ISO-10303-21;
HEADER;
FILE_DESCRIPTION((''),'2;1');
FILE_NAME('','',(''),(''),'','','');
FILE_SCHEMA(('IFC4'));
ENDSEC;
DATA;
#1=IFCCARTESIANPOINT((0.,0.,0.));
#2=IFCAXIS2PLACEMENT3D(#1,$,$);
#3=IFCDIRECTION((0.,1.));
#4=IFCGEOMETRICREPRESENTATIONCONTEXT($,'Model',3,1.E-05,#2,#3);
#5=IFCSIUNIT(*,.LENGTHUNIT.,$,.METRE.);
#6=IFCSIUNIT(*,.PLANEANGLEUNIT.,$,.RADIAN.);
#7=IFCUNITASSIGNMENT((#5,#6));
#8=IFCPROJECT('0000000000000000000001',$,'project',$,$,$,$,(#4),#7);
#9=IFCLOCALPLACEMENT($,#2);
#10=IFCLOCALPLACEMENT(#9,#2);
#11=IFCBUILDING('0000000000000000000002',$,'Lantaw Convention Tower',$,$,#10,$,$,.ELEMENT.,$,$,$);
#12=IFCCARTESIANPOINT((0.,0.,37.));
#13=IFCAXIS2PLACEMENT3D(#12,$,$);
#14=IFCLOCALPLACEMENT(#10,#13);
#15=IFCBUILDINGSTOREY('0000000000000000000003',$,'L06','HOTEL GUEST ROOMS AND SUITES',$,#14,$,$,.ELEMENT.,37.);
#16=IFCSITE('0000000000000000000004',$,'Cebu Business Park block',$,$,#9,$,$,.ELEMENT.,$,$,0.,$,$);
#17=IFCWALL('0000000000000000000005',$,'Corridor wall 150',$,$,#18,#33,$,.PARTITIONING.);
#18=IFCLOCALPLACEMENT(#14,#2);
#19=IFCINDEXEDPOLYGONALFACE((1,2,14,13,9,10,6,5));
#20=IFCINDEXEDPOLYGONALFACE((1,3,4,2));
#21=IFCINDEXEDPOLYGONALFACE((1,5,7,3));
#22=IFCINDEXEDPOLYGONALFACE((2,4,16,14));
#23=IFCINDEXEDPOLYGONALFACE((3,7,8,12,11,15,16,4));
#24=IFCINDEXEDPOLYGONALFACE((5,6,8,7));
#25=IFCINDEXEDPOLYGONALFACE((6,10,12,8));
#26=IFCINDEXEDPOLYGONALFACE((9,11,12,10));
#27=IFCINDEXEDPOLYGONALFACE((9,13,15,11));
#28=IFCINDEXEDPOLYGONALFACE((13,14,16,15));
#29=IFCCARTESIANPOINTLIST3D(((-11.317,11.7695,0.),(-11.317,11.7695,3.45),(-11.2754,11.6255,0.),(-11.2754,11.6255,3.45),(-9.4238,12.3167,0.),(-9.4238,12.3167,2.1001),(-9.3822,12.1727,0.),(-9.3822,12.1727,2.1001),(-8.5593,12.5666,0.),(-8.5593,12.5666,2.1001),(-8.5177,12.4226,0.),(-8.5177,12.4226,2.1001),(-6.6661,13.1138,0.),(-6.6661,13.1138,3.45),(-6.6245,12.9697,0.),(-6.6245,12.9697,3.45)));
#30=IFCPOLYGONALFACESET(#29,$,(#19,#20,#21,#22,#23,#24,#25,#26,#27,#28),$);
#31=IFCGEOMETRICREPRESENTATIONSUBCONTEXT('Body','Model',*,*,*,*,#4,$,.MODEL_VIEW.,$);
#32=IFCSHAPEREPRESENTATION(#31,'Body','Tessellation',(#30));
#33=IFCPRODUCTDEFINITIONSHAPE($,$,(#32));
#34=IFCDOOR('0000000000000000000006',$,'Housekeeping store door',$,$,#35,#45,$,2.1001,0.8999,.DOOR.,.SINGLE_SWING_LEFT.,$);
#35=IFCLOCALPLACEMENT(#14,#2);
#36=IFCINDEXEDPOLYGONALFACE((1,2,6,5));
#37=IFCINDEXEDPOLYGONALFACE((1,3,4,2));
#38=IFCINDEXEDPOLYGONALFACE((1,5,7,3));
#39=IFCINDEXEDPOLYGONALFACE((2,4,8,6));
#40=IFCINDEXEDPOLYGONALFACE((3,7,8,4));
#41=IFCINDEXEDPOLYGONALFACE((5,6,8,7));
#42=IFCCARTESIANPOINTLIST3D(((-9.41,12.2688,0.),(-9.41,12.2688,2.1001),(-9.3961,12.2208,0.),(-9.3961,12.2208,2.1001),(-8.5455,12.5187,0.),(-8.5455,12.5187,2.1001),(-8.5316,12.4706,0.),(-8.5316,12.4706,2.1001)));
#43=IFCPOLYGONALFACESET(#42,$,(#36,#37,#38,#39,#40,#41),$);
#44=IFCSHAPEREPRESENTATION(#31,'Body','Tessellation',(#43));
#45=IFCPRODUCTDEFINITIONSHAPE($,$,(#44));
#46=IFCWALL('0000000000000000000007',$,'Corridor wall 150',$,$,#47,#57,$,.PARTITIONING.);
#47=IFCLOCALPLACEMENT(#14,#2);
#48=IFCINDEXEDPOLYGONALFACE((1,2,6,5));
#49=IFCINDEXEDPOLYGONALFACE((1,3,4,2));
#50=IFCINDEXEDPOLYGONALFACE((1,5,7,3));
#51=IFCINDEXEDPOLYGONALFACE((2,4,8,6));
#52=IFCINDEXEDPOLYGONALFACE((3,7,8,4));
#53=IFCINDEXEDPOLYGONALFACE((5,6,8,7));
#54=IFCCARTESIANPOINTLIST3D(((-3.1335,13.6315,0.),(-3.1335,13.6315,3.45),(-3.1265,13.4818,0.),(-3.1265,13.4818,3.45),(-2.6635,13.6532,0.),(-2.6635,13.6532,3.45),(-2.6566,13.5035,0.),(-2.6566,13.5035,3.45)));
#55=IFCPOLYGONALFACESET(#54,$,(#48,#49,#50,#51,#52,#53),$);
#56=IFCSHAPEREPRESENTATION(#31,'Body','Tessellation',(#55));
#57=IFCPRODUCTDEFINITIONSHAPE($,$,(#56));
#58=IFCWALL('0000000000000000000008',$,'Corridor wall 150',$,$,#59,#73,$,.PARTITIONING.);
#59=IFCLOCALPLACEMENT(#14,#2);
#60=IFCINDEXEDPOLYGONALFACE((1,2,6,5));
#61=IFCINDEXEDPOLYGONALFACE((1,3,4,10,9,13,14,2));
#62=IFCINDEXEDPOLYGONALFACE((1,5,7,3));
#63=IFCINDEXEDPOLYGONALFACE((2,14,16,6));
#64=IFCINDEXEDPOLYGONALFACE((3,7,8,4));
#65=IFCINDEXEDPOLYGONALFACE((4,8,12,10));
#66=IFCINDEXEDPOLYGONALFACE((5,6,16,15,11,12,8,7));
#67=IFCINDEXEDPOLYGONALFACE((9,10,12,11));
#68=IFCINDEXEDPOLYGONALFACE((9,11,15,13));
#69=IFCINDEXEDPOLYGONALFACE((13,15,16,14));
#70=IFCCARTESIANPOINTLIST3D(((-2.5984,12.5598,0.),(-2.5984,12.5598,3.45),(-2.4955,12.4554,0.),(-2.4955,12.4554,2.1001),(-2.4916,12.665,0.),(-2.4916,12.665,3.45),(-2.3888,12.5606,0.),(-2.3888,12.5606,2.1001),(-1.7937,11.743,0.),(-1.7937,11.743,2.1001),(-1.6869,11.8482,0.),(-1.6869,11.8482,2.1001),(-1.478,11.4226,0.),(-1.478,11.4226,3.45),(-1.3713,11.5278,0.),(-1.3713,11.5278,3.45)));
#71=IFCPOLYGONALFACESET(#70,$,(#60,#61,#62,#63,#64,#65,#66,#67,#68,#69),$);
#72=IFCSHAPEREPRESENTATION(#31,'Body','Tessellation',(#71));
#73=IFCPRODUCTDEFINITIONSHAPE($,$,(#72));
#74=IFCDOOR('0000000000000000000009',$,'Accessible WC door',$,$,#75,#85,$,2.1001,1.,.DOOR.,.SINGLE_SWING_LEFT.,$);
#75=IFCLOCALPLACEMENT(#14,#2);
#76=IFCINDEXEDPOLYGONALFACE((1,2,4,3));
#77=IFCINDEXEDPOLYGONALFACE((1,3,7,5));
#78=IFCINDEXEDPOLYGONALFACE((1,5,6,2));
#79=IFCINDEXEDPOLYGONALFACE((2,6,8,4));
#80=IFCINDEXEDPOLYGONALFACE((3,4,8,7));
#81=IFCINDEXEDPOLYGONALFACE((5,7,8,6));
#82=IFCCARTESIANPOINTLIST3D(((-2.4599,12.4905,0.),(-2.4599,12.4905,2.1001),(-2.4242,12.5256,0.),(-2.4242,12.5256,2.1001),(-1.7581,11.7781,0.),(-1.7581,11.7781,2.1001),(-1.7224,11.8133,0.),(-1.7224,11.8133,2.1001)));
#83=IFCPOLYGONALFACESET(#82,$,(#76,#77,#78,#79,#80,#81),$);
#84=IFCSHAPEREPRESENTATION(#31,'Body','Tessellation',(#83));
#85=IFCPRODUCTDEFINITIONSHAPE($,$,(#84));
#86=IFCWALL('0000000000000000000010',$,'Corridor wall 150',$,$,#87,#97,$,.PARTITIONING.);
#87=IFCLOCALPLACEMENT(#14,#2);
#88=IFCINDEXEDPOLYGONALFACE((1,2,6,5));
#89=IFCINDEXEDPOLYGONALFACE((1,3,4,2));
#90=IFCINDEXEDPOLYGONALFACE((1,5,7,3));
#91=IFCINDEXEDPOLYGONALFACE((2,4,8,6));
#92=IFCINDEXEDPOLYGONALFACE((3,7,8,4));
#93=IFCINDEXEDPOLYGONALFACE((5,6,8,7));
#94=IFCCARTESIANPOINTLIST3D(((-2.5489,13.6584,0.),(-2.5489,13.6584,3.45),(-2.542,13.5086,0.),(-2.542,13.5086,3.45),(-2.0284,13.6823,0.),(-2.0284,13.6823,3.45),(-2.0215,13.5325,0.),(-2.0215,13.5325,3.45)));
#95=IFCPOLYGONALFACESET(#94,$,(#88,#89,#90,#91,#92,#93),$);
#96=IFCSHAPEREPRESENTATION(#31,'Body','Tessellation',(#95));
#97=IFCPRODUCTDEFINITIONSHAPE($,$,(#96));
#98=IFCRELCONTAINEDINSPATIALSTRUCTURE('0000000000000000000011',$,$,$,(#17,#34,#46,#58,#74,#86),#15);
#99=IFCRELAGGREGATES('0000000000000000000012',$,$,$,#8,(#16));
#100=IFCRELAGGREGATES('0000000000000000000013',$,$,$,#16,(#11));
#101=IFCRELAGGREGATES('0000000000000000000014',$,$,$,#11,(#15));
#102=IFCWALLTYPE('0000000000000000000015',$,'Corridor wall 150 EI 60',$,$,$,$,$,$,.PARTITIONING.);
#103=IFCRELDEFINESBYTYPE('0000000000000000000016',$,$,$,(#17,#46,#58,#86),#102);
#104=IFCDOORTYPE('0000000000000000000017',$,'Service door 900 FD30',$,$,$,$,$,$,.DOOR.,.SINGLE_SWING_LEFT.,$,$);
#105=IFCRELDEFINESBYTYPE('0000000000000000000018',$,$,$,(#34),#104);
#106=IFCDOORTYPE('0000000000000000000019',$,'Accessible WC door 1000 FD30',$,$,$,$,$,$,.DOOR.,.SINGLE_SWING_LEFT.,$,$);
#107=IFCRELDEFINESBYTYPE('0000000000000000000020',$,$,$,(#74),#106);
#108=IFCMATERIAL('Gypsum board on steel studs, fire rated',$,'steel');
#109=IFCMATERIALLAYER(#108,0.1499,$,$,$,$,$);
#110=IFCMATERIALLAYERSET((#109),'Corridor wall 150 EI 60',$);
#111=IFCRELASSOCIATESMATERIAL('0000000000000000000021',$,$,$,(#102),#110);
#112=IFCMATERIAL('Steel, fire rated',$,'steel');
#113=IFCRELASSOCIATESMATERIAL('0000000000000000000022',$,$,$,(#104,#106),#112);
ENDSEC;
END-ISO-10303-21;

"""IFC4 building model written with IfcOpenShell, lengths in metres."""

from ifc_helpers import new_model, si_unit, direction, frame, frame_2d, origin, place, context, subcontext, project, spatial, rectangle, extrude, material, layer, layer_set, type_object, element, fill, save


model = new_model("IFC4")

# Units and contexts
model_context = context("Model", 3, precision=1e-05, world=origin(), true_north=direction((0.0, 1.0)))
body_context = subcontext(model_context, "Body", "Model", "MODEL_VIEW")
ifc_project = project(units=[si_unit("LENGTHUNIT", "METRE"), si_unit("PLANEANGLEUNIT", "RADIAN")], contexts=[model_context])

# Site, building, storey
site_placement = place(None, origin())
site = spatial("IfcSite", under=ifc_project, at=site_placement, Name="Cebu Business Park block", CompositionType="ELEMENT", RefElevation=0.0)
building_placement = place(site_placement, origin())
building = spatial("IfcBuilding", under=site, at=building_placement, Name="Lantaw Convention Tower", CompositionType="ELEMENT")
storey_placement = place(building_placement, frame((0.0, 0.0, 37.0)))
storey = spatial("IfcBuildingStorey", under=building, at=storey_placement, Name="L06", Description="HOTEL GUEST ROOMS AND SUITES", CompositionType="ELEMENT", Elevation=37.0)

# Wall, opening, door
ifc_material_1 = material(Name="Gypsum board on steel studs, fire rated", Category="steel")
ifc_layer_1 = layer(ifc_material_1, 0.1499)
ifc_layer_set_1 = layer_set([ifc_layer_1], Name="Corridor wall 150 EI 60")
wall_type_1 = type_object("IfcWallType", Name="Corridor wall 150 EI 60", PredefinedType="PARTITIONING", material=ifc_layer_set_1)
ifc_material_2 = material(Name="Steel, fire rated", Category="steel")
wall_1_placement = place(storey_placement, frame((-6.6453, 13.0417, 0.0), z_axis=(0.0, 0.0, 1.0), x_axis=(-0.960678, -0.277664, 0.0)))
wall_1 = element("IfcWall", 1, at=wall_1_placement, inside=storey, type_object=wall_type_1, Name="Corridor wall 150", PredefinedType="PARTITIONING", context=body_context, shape_type="SweptSolid", body=[
    extrude(rectangle(XDim=4.8413, YDim=0.1499, at=frame_2d((2.4207, 0.0))), origin(), (0.0, 0.0, 1.0), 3.45),
])
opening_1_placement = place(wall_1_placement, frame((1.9707, 0.0, 0.0)))
opening_1 = element("IfcOpeningElement", 2, at=opening_1_placement, cuts=wall_1, PredefinedType="OPENING", context=body_context, shape_type="SweptSolid", body=[
    extrude(rectangle(XDim=0.8999, YDim=2.1001, at=frame_2d((0.45, 1.05))), frame((0.0, 0.085, 0.0), z_axis=(0.0, -1.0, 0.0), x_axis=(1.0, 0.0, 0.0)), (0.0, 0.0, 1.0), 0.1699),
])
door_type_1 = type_object("IfcDoorType", Name="Service door 900 FD30", OperationType="SINGLE_SWING_LEFT", PredefinedType="DOOR", material=ifc_material_2)
door_1_placement = place(opening_1_placement, origin())
door_1 = element("IfcDoor", 3, at=door_1_placement, inside=storey, type_object=door_type_1, Name="Housekeeping store door", OperationType="SINGLE_SWING_LEFT", OverallHeight=2.1001, OverallWidth=0.8999, PredefinedType="DOOR", context=body_context, shape_type="SweptSolid", body=[
    extrude(rectangle(XDim=0.8999, YDim=2.1001, at=frame_2d((0.45, 1.05))), frame((0.0, 0.0249, 0.0), z_axis=(0.0, -1.0, 0.0), x_axis=(1.0, 0.0, 0.0)), (0.0, 0.0, 1.0), 0.05),
])
fill(opening_1, door_1)

# Wall
wall_2_placement = place(storey_placement, frame((-2.6599, 13.5784, 0.0), z_axis=(0.0, 0.0, 1.0), x_axis=(-0.998933, -0.046184, 0.0)))
element("IfcWall", 4, at=wall_2_placement, inside=storey, type_object=wall_type_1, Name="Corridor wall 150", PredefinedType="PARTITIONING", context=body_context, shape_type="SweptSolid", body=[
    extrude(rectangle(XDim=0.4705, YDim=0.1499, at=frame_2d((0.2354, 0.0))), origin(), (0.0, 0.0, 1.0), 3.45),
])

# Wall, opening, door
wall_3_placement = place(storey_placement, frame((-1.4246, 11.4751, 0.0), z_axis=(0.0, 0.0, 1.0), x_axis=(-0.701811, 0.712363, 0.0)))
wall_3 = element("IfcWall", 5, at=wall_3_placement, inside=storey, type_object=wall_type_1, Name="Corridor wall 150", PredefinedType="PARTITIONING", context=body_context, shape_type="SweptSolid", body=[
    extrude(rectangle(XDim=1.5964, YDim=0.1499, at=frame_2d((0.7983, 0.0))), origin(), (0.0, 0.0, 1.0), 3.45),
])
opening_2_placement = place(wall_3_placement, frame((0.45, 0.0, 0.0)))
opening_2 = element("IfcOpeningElement", 6, at=opening_2_placement, cuts=wall_3, PredefinedType="OPENING", context=body_context, shape_type="SweptSolid", body=[
    extrude(rectangle(XDim=1.0, YDim=2.1001, at=frame_2d((0.5, 1.05))), frame((0.0, 0.085, 0.0), z_axis=(0.0, -1.0, 0.0), x_axis=(1.0, 0.0, 0.0)), (0.0, 0.0, 1.0), 0.1699),
])
door_type_2 = type_object("IfcDoorType", Name="Accessible WC door 1000 FD30", OperationType="SINGLE_SWING_LEFT", PredefinedType="DOOR", material=ifc_material_2)
door_2_placement = place(opening_2_placement, origin())
door_2 = element("IfcDoor", 7, at=door_2_placement, inside=storey, type_object=door_type_2, Name="Accessible WC door", OperationType="SINGLE_SWING_LEFT", OverallHeight=2.1001, OverallWidth=1.0, PredefinedType="DOOR", context=body_context, shape_type="SweptSolid", body=[
    extrude(rectangle(XDim=1.0, YDim=2.1001, at=frame_2d((0.5, 1.05))), frame((0.0, 0.0249, 0.0), z_axis=(0.0, -1.0, 0.0), x_axis=(1.0, 0.0, 0.0)), (0.0, 0.0, 1.0), 0.05),
])
fill(opening_2, door_2)

# Wall
wall_4_placement = place(storey_placement, frame((-2.5454, 13.5835, 0.0), z_axis=(0.0, 0.0, 1.0), x_axis=(0.998945, 0.045918, 0.0)))
element("IfcWall", 8, at=wall_4_placement, inside=storey, type_object=wall_type_1, Name="Corridor wall 150", PredefinedType="PARTITIONING", context=body_context, shape_type="SweptSolid", body=[
    extrude(rectangle(XDim=0.521, YDim=0.1499, at=frame_2d((0.2605, 0.0))), origin(), (0.0, 0.0, 1.0), 3.45),
])

save(model, "model.ifc")
